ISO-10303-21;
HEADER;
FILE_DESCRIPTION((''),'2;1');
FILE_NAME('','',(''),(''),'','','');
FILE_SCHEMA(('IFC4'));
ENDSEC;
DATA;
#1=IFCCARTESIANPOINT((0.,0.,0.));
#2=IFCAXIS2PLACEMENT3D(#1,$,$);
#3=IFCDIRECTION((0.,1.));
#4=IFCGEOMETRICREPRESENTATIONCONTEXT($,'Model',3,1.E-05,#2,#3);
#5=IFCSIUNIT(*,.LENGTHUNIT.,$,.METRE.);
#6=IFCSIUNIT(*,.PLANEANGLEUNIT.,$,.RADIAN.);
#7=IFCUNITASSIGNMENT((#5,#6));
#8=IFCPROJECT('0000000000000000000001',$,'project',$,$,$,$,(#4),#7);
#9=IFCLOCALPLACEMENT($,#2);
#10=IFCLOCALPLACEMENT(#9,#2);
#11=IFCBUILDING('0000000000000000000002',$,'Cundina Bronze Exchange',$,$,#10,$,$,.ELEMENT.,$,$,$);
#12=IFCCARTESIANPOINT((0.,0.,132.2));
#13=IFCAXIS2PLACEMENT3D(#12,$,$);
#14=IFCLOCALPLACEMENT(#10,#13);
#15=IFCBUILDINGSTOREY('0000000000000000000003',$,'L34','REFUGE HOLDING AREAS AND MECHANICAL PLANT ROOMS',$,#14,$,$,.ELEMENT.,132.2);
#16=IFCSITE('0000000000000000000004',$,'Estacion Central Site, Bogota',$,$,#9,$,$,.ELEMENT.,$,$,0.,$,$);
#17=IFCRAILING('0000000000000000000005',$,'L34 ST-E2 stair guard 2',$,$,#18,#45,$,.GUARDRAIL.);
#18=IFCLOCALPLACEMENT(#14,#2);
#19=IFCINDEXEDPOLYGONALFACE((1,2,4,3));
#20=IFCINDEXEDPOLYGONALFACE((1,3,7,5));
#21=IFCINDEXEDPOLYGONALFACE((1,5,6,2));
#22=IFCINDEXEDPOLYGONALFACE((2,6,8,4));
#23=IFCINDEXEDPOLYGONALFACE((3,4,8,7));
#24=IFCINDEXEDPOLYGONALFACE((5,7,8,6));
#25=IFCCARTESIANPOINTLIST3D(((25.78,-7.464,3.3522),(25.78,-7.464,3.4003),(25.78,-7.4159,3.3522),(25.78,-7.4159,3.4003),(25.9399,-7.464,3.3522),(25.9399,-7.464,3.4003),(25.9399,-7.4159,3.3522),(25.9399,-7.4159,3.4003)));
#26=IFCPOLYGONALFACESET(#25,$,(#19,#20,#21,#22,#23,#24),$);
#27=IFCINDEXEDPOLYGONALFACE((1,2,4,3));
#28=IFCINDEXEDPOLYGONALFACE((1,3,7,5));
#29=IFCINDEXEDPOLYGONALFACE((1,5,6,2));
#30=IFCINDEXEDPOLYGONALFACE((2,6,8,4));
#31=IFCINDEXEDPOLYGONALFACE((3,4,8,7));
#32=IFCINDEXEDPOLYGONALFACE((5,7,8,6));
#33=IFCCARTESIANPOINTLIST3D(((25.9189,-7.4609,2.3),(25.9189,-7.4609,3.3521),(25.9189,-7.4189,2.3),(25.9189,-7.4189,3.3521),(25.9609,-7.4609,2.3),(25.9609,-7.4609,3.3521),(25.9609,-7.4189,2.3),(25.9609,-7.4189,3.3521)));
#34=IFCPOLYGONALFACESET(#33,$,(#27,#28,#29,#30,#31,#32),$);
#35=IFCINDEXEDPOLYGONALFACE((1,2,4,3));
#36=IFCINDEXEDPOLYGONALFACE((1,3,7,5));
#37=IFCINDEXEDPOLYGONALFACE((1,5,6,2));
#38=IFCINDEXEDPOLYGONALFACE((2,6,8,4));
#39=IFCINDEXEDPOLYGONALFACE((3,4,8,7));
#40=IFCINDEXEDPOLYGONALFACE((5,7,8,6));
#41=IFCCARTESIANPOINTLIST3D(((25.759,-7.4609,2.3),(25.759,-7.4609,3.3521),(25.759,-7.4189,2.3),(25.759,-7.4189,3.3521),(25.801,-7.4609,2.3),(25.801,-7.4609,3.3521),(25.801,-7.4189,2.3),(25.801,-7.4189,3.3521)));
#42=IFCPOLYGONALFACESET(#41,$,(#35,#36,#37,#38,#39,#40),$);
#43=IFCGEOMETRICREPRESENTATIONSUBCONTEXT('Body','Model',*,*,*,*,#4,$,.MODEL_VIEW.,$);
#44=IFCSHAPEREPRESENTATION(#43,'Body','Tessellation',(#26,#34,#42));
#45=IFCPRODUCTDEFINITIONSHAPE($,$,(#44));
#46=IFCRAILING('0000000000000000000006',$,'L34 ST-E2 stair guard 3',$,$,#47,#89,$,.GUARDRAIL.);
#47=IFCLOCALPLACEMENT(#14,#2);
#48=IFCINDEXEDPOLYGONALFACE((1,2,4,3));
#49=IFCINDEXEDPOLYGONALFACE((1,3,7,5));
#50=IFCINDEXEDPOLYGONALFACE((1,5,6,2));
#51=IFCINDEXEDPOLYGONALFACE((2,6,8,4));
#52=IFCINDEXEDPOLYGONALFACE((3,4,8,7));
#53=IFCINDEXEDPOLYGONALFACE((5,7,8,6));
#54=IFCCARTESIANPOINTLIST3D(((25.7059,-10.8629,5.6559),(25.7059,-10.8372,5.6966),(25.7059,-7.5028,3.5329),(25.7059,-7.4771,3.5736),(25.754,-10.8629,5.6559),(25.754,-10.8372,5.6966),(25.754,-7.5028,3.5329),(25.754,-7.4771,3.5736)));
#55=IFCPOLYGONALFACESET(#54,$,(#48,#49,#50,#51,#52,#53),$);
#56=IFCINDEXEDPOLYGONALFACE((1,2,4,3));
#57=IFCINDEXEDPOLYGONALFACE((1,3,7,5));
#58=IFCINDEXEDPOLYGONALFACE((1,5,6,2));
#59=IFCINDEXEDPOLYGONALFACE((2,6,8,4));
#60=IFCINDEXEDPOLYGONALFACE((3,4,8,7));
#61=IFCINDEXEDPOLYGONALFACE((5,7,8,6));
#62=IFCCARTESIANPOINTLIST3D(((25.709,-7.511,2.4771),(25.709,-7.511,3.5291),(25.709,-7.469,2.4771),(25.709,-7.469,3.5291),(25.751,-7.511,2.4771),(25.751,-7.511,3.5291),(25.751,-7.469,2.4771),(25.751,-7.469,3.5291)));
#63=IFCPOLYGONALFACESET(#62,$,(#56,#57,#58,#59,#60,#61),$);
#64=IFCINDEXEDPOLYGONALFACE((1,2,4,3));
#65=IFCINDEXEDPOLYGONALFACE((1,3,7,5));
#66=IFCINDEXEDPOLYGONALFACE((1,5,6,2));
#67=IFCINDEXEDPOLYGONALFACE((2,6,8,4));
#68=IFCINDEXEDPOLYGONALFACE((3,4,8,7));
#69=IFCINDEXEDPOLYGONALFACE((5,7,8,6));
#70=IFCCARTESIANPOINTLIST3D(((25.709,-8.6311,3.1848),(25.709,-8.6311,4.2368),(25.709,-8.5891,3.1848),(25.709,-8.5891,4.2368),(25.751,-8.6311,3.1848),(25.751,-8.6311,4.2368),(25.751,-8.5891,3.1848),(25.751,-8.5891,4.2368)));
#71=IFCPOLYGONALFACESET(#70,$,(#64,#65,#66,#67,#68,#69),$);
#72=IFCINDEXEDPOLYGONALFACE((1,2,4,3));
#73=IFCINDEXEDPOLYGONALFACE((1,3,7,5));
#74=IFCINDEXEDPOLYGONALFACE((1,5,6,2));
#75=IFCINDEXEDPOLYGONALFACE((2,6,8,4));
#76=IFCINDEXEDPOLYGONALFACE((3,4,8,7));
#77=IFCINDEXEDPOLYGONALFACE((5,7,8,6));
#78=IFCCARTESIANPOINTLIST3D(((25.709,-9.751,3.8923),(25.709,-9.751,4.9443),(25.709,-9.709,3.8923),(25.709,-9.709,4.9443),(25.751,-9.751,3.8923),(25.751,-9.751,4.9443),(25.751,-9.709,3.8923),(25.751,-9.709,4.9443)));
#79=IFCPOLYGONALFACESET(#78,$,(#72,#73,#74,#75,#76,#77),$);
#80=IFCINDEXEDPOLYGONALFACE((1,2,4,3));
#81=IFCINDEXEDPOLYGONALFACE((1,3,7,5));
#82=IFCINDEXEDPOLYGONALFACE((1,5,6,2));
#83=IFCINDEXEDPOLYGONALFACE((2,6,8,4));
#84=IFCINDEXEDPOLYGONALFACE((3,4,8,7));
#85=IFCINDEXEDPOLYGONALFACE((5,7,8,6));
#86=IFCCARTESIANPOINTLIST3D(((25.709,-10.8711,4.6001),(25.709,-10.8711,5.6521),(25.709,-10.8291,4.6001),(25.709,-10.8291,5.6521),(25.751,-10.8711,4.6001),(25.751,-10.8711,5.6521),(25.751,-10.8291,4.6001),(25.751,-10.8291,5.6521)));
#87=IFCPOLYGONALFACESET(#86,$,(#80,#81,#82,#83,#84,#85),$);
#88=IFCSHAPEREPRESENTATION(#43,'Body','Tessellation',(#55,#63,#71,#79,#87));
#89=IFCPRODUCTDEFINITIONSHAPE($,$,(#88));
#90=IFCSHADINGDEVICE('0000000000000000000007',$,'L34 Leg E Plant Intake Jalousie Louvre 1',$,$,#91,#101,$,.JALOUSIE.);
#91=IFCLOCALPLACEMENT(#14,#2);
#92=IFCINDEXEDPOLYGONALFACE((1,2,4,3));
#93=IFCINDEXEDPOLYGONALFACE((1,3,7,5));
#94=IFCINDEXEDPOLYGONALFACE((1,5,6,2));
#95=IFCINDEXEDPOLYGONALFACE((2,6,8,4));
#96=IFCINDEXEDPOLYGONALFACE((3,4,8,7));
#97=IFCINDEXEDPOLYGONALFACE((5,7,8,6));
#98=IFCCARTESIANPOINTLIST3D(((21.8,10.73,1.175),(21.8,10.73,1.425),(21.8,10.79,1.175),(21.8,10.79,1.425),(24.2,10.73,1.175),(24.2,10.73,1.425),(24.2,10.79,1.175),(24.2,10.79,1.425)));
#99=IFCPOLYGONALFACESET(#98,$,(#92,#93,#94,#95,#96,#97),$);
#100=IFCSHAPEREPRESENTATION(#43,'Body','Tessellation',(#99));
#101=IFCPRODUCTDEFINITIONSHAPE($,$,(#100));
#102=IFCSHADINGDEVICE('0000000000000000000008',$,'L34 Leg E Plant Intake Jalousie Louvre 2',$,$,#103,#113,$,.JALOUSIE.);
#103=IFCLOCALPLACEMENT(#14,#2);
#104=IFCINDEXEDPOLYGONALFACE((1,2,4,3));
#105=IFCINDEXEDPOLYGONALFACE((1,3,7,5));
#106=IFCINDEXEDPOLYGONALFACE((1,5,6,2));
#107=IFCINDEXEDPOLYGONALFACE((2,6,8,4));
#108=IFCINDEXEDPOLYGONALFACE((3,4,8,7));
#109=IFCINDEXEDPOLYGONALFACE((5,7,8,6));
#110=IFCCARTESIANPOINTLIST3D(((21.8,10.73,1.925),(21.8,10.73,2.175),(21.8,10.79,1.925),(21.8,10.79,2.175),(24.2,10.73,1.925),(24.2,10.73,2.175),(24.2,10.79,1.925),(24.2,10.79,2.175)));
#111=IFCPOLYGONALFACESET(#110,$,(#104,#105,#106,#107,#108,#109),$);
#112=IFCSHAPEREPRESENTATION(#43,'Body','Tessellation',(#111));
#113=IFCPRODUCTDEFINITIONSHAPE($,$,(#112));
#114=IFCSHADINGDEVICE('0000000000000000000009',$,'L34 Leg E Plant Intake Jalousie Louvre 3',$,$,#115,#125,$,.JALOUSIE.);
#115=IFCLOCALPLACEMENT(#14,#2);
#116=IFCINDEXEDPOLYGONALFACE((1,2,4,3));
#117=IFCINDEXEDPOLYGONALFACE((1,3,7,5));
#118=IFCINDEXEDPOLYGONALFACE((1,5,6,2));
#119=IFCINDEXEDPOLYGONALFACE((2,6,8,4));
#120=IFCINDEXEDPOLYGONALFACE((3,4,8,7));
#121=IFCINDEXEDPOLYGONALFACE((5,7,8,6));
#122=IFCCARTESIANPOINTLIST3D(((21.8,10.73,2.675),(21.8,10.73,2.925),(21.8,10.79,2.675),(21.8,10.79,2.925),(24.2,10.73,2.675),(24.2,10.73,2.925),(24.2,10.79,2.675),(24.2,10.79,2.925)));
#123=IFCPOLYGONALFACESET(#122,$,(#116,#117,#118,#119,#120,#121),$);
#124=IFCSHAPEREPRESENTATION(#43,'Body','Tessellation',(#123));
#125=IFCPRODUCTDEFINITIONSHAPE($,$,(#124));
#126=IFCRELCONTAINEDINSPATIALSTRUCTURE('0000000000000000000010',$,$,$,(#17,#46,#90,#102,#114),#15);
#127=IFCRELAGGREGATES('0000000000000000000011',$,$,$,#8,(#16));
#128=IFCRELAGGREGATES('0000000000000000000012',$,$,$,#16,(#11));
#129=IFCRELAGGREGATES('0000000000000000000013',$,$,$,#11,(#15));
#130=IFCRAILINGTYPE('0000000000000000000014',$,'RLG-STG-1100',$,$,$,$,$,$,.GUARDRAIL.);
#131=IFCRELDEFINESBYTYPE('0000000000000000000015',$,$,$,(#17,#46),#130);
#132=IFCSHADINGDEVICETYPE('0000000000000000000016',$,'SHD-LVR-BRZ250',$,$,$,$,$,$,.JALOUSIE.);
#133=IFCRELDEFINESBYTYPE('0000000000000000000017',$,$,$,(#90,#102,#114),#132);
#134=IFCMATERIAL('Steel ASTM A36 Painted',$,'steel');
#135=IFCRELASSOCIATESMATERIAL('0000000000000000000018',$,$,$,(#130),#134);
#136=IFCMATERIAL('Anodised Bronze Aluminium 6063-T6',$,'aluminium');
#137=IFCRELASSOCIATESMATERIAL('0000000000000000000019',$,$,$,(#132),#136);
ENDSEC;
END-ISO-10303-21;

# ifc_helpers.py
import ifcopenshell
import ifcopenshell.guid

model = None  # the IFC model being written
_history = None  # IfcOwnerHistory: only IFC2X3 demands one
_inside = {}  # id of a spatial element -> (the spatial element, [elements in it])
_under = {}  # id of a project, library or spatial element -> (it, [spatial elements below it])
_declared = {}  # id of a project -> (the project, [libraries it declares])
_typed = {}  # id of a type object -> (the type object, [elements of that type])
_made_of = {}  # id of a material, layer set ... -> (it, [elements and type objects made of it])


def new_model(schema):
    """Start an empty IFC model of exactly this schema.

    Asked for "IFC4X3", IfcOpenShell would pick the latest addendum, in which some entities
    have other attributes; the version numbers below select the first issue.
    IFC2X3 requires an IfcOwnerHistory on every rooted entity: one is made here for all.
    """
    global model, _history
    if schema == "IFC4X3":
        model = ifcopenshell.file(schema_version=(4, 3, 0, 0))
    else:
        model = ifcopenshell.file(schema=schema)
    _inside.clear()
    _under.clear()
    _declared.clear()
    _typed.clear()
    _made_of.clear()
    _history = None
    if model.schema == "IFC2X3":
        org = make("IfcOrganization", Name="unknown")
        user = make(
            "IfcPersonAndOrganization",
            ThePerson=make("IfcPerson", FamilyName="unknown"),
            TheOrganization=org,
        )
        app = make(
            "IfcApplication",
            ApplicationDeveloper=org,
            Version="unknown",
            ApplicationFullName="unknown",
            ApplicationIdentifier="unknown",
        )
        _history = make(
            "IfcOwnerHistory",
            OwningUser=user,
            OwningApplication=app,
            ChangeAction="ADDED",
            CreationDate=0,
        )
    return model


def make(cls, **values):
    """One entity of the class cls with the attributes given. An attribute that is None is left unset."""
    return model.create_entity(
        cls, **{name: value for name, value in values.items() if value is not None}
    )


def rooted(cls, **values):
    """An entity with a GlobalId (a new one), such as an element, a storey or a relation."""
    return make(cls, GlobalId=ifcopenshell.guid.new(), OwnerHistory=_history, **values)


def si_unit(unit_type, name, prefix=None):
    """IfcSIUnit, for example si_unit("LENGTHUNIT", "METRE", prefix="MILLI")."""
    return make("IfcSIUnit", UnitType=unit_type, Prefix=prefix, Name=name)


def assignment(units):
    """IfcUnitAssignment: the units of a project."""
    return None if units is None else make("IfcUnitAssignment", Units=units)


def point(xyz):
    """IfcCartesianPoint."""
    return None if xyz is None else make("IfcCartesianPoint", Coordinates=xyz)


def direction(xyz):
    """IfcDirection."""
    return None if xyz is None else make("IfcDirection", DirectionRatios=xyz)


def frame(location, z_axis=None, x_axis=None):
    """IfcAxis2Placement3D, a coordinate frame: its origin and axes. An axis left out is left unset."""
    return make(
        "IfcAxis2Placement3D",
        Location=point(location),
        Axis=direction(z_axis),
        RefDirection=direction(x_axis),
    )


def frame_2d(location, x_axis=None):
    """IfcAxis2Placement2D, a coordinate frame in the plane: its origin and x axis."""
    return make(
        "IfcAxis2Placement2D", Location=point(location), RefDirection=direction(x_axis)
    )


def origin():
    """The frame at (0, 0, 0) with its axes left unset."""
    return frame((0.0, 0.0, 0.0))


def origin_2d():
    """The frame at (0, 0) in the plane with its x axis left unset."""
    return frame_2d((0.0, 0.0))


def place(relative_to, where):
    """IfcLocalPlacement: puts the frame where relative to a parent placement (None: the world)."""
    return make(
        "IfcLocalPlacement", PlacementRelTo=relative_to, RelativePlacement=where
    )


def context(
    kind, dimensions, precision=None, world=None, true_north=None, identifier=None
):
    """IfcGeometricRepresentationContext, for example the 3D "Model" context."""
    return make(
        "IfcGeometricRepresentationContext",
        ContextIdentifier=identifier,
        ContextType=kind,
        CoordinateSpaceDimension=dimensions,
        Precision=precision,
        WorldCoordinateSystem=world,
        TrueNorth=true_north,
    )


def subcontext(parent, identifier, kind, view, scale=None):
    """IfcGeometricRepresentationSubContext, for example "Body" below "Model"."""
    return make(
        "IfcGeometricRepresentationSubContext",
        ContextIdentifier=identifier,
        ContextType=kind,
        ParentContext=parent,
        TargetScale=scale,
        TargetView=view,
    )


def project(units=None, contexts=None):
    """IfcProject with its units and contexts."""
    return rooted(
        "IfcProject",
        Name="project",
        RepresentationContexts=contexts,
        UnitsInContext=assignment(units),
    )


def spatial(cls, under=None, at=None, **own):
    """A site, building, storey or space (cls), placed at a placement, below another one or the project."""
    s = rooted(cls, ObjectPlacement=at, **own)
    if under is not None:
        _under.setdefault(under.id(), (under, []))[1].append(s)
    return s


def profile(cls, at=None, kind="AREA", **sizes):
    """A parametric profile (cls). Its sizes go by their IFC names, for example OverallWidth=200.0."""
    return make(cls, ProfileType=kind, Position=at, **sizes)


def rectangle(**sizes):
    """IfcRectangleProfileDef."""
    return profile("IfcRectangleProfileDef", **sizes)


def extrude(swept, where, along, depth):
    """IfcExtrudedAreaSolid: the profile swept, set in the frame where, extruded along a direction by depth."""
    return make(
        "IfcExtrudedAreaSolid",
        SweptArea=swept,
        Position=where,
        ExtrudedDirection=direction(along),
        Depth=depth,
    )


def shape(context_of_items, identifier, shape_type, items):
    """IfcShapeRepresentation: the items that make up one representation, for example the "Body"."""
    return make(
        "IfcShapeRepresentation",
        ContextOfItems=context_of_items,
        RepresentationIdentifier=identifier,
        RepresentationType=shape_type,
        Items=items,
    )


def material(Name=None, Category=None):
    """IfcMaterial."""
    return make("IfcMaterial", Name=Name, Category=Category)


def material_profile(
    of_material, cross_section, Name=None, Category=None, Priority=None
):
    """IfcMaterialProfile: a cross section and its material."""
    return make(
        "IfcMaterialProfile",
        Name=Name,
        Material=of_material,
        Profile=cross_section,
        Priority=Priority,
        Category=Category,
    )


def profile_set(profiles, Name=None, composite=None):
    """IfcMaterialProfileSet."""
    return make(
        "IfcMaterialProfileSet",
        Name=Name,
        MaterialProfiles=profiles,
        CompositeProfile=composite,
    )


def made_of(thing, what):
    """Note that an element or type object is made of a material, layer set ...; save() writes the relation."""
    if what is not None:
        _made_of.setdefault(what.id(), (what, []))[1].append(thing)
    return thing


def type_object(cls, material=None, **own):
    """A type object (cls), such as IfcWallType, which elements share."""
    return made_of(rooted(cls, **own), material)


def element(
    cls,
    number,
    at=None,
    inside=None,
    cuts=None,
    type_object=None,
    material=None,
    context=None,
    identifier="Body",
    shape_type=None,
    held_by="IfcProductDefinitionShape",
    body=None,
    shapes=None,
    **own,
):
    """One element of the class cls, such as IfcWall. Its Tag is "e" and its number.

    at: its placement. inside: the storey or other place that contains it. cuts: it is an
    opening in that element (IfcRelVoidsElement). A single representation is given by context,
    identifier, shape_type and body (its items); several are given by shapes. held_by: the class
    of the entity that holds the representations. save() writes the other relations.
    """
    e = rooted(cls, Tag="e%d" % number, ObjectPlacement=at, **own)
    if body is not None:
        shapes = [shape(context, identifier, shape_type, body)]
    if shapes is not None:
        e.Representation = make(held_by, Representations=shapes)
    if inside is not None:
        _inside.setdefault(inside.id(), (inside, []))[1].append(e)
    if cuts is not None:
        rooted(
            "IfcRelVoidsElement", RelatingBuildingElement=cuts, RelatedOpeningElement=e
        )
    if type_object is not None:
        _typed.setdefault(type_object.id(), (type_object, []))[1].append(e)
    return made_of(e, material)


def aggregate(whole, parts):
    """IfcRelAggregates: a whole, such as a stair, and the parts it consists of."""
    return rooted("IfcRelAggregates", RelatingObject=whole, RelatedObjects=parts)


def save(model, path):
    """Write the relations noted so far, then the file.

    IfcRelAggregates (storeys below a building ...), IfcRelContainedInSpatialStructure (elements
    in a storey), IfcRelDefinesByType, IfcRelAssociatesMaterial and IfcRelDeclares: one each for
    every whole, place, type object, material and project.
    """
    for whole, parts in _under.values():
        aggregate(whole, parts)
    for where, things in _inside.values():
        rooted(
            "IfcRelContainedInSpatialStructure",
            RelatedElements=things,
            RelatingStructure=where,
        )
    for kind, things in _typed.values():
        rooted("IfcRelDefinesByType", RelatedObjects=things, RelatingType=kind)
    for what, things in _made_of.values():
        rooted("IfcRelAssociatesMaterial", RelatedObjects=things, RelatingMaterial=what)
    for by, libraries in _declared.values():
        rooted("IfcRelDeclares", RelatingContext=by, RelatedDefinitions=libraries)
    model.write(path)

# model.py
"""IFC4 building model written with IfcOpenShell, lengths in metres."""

from ifc_helpers import new_model, si_unit, direction, frame, origin, origin_2d, place, context, subcontext, project, spatial, rectangle, extrude, material, material_profile, profile_set, type_object, element, save


model = new_model("IFC4")

# Units and contexts
model_context = context("Model", 3, precision=1e-05, world=origin(), true_north=direction((0.0, 1.0)))
body_context = subcontext(model_context, "Body", "Model", "MODEL_VIEW")
ifc_project = project(units=[si_unit("LENGTHUNIT", "METRE"), si_unit("PLANEANGLEUNIT", "RADIAN")], contexts=[model_context])

# Site, building, storey
site_placement = place(None, origin())
site = spatial("IfcSite", under=ifc_project, at=site_placement, Name="Estacion Central Site, Bogota", CompositionType="ELEMENT", RefElevation=0.0)
building_placement = place(site_placement, origin())
building = spatial("IfcBuilding", under=site, at=building_placement, Name="Cundina Bronze Exchange", CompositionType="ELEMENT")
storey_placement = place(building_placement, frame((0.0, 0.0, 132.2)))
storey = spatial("IfcBuildingStorey", under=building, at=storey_placement, Name="L34", Description="REFUGE HOLDING AREAS AND MECHANICAL PLANT ROOMS", CompositionType="ELEMENT", Elevation=132.2)

# Shared definitions
ifc_material_1 = material(Name="Steel ASTM A36 Painted", Category="steel")

# Railings
ifc_material_2 = material(Name="Anodised Bronze Aluminium 6063-T6", Category="aluminium")
railing_type_1 = type_object("IfcRailingType", Name="RLG-STG-1100", PredefinedType="GUARDRAIL", material=ifc_material_1)
railing_1_placement = place(storey_placement, frame((25.9399, -7.4399, 2.3)))
element("IfcRailing", 1, at=railing_1_placement, inside=storey, type_object=railing_type_1, Name="L34 ST-E2 stair guard 2", PredefinedType="GUARDRAIL", context=body_context, shape_type="SweptSolid", body=[
    extrude(rectangle(XDim=0.0481, YDim=0.0481, at=origin_2d()), frame((0.0, 0.0, 1.0762), z_axis=(-1.0, 0.0, 0.0), x_axis=(0.0, -1.0, 0.0)), (0.0, 0.0, 1.0), 0.1599),
    extrude(rectangle(XDim=0.042, YDim=0.042, at=origin_2d()), origin(), (0.0, 0.0, 1.0), 1.052),
    extrude(rectangle(XDim=0.042, YDim=0.042, at=origin_2d()), frame((-0.1599, 0.0, 0.0)), (0.0, 0.0, 1.0), 1.052),
])
railing_2_placement = place(storey_placement, frame((25.73, -7.49, 2.4771)))
element("IfcRailing", 2, at=railing_2_placement, inside=storey, type_object=railing_type_1, Name="L34 ST-E2 stair guard 3", PredefinedType="GUARDRAIL", context=body_context, shape_type="SweptSolid", body=[
    extrude(rectangle(XDim=0.0481, YDim=0.0481, at=origin_2d()), frame((0.0, 0.0, 1.0762), z_axis=(0.0, -0.84539, 0.53415), x_axis=(1.0, 0.0, 0.0)), (0.0, 0.0, 1.0), 3.9746),
    extrude(rectangle(XDim=0.042, YDim=0.042, at=origin_2d()), origin(), (0.0, 0.0, 1.0), 1.052),
    extrude(rectangle(XDim=0.042, YDim=0.042, at=origin_2d()), frame((0.0, -1.1201, 0.7078)), (0.0, 0.0, 1.0), 1.052),
    extrude(rectangle(XDim=0.042, YDim=0.042, at=origin_2d()), frame((0.0, -2.24, 1.4153)), (0.0, 0.0, 1.0), 1.052),
    extrude(rectangle(XDim=0.042, YDim=0.042, at=origin_2d()), frame((0.0, -3.3601, 2.123)), (0.0, 0.0, 1.0), 1.052),
])

# Shading devices
ifc_material_profile_1 = material_profile(ifc_material_2, rectangle(XDim=0.0601, YDim=0.25, at=origin_2d()), Name="LVR60X250", Category="aluminium")
ifc_profile_set_1 = profile_set([ifc_material_profile_1], Name="Anodised Bronze Aluminium 6063-T6")
shading_device_type = type_object("IfcShadingDeviceType", Name="SHD-LVR-BRZ250", PredefinedType="JALOUSIE", material=ifc_profile_set_1)
for number, where, z_axis, x_axis, name in (
    (3, (21.8, 10.76, 1.3), (1.0, 0.0, 0.0), (0.0, 1.0, 0.0), "L34 Leg E Plant Intake Jalousie Louvre 1"),
    (4, (21.8, 10.76, 2.05), (1.0, 0.0, 0.0), (0.0, 1.0, 0.0), "L34 Leg E Plant Intake Jalousie Louvre 2"),
    (5, (21.8, 10.76, 2.8), (1.0, 0.0, 0.0), (0.0, 1.0, 0.0), "L34 Leg E Plant Intake Jalousie Louvre 3"),
):
    element("IfcShadingDevice", number, at=place(storey_placement, frame(where, z_axis=z_axis, x_axis=x_axis)), inside=storey, type_object=shading_device_type, Name=name, PredefinedType="JALOUSIE", context=body_context, shape_type="SweptSolid", body=[
        extrude(rectangle(XDim=0.0601, YDim=0.25, at=origin_2d()), origin(), (0.0, 0.0, 1.0), 2.3999),
    ])

save(model, "model.ifc")
